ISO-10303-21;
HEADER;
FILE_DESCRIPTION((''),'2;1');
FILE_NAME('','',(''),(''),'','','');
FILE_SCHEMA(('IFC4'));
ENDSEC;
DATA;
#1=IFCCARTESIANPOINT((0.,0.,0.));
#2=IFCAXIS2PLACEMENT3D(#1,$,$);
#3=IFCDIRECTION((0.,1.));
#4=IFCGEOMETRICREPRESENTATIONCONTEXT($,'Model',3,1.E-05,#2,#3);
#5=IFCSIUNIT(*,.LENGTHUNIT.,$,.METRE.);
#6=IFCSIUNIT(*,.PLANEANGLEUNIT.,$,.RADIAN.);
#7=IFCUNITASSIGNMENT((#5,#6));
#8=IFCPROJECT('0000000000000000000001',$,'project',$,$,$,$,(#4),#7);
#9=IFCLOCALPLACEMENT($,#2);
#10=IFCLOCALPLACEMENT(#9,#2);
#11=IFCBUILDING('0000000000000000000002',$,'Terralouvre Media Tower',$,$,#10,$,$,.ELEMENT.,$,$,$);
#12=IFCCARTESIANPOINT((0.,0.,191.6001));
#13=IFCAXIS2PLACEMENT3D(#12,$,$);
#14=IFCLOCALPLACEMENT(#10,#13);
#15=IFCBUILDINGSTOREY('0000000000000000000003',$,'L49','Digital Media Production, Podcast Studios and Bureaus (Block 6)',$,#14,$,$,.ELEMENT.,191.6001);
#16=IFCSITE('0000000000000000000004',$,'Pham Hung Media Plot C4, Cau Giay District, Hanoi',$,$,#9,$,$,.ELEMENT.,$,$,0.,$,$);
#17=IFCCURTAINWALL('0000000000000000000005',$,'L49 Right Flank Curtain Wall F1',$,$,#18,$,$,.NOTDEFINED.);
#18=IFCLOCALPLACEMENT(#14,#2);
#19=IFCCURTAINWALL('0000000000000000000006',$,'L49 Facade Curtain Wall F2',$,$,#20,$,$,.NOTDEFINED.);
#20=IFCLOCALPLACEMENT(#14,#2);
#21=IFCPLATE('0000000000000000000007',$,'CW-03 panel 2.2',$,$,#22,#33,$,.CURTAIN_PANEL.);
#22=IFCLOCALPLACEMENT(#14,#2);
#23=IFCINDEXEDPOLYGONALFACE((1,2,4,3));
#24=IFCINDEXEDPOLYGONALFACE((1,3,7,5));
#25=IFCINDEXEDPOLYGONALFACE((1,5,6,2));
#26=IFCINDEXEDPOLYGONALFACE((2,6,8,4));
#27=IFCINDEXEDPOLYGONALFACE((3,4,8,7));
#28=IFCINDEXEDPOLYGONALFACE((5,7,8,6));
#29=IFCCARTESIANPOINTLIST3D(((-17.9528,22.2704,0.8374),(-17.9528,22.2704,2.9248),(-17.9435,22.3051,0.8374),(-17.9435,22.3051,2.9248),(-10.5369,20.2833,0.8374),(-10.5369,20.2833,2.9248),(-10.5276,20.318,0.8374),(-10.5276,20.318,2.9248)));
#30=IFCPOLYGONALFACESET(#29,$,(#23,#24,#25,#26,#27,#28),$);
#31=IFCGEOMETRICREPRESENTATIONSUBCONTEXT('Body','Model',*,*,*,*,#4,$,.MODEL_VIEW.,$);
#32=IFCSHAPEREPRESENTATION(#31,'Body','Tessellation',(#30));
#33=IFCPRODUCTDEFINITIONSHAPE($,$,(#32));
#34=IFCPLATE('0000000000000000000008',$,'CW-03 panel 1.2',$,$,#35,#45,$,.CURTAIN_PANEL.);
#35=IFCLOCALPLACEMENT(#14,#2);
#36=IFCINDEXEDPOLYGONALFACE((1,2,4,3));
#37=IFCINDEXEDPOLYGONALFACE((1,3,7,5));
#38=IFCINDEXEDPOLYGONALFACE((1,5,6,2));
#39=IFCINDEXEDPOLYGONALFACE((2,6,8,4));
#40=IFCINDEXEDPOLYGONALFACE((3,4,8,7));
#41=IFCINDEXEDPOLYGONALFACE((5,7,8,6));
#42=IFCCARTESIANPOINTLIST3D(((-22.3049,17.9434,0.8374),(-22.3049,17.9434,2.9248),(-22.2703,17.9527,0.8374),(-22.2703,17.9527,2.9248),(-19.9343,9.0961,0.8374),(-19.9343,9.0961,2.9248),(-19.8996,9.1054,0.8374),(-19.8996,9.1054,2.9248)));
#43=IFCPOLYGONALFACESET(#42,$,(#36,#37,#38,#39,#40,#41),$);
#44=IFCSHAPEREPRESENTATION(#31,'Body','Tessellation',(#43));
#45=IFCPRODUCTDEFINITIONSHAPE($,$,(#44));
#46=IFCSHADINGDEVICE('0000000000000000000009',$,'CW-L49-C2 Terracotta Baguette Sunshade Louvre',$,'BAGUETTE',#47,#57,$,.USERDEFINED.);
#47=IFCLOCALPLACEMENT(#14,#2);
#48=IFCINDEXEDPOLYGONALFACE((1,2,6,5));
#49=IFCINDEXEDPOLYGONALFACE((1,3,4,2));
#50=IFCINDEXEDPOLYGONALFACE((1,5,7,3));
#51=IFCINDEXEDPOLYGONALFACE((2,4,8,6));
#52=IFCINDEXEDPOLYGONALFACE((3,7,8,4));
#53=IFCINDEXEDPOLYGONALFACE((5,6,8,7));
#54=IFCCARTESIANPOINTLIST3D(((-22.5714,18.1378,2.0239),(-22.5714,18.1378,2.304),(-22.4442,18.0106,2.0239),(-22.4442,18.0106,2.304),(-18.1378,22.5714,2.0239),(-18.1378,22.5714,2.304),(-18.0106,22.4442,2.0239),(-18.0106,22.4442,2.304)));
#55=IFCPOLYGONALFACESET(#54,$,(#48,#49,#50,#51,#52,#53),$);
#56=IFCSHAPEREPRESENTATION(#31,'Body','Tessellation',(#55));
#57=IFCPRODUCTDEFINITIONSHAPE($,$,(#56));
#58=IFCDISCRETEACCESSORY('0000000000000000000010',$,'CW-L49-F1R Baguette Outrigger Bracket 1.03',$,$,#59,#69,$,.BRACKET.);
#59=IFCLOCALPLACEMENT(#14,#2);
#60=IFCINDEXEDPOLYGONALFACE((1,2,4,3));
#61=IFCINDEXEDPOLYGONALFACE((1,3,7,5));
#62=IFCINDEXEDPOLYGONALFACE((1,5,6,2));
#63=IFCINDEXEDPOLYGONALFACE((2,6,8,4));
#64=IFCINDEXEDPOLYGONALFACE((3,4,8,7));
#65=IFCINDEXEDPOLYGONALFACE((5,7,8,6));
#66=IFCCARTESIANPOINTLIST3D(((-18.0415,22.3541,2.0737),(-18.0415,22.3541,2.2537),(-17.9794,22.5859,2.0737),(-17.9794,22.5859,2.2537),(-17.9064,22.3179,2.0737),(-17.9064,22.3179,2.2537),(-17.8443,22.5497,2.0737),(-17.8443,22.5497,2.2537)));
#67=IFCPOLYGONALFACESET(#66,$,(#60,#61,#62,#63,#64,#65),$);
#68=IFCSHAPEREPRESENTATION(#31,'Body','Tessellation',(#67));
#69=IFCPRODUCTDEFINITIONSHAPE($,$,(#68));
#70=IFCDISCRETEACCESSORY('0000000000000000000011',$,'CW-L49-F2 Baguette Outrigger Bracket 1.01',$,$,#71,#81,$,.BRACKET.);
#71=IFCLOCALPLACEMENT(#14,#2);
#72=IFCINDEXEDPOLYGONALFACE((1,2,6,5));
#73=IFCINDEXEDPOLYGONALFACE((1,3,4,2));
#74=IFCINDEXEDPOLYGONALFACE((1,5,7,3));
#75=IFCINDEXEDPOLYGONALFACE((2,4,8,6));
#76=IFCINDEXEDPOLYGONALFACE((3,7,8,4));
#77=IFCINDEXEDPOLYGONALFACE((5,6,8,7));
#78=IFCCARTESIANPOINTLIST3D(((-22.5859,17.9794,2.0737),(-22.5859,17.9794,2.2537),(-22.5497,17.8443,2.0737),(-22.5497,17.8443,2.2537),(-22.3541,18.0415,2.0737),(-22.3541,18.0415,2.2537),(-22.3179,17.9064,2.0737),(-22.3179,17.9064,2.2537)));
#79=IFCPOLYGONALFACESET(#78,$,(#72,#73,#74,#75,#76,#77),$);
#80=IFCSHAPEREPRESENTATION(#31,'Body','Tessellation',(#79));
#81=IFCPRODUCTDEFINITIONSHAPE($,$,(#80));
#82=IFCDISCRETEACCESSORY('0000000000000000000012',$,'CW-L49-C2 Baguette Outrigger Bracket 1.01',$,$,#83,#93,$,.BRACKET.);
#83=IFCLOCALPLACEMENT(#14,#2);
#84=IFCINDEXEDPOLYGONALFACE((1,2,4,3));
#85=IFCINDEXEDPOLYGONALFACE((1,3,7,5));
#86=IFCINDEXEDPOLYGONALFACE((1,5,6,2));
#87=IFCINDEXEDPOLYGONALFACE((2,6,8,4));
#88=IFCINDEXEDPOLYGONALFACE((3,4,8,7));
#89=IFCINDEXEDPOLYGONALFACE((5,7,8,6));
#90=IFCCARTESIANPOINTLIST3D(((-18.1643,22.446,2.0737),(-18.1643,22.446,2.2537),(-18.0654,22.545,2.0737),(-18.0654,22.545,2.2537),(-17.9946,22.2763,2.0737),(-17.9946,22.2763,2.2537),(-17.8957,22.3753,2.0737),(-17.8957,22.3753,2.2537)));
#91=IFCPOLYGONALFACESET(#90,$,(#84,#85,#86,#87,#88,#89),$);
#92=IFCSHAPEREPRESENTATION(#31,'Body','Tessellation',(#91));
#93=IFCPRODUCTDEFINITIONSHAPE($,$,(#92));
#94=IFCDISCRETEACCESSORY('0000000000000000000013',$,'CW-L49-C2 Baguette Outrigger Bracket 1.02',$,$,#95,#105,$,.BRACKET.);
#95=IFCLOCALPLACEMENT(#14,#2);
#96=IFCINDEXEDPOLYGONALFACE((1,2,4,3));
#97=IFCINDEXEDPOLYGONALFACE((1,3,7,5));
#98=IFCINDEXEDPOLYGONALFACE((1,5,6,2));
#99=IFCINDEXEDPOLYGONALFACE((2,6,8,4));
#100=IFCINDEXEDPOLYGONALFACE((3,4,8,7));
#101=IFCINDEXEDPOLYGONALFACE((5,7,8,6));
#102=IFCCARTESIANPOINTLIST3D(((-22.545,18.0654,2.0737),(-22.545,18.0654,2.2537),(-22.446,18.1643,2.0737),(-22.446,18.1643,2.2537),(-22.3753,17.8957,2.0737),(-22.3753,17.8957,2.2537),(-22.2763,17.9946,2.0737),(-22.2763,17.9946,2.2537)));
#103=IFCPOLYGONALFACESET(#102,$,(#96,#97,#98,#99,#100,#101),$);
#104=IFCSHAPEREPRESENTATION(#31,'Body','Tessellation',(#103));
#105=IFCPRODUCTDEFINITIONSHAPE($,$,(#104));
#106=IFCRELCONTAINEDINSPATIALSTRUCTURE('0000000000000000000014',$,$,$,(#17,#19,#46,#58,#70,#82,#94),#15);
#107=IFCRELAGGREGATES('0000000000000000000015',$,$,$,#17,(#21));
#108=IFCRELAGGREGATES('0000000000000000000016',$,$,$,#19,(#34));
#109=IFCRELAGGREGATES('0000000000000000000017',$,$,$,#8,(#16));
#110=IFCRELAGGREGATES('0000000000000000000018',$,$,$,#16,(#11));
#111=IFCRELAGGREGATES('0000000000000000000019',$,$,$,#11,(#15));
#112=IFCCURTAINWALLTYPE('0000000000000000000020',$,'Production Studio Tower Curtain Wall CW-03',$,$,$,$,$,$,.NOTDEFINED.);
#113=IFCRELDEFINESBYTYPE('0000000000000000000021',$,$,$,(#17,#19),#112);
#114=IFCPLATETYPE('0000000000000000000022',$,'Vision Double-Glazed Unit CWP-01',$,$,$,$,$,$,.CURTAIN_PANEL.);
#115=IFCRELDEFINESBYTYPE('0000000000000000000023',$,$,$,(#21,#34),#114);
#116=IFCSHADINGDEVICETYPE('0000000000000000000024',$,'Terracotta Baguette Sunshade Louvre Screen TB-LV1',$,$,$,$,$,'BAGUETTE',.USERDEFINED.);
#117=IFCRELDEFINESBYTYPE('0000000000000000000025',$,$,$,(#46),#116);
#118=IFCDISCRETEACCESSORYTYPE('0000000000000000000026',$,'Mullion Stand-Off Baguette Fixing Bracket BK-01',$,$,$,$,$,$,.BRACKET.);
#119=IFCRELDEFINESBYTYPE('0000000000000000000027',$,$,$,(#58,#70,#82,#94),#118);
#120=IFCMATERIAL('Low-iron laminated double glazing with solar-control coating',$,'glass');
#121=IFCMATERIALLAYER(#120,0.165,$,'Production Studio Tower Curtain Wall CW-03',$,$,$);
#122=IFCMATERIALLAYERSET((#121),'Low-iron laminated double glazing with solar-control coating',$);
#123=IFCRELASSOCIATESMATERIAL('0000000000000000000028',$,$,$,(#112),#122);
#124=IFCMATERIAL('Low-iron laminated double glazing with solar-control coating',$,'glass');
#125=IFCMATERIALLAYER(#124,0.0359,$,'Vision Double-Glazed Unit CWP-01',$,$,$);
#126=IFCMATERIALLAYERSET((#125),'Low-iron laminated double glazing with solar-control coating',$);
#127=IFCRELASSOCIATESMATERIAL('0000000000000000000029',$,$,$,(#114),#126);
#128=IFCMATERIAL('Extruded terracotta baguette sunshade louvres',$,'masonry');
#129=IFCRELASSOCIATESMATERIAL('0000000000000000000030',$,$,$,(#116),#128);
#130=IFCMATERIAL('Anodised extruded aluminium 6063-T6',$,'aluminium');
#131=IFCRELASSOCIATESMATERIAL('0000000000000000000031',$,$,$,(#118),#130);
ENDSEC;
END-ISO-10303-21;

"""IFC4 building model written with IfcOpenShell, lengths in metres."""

from ifc_helpers import new_model, si_unit, direction, frame, origin, origin_2d, place, context, subcontext, project, spatial, rectangle, extrude, material, layer, layer_set, type_object, element, aggregate, save


model = new_model("IFC4")

# Units and contexts
model_context = context("Model", 3, precision=1e-05, world=origin(), true_north=direction((0.0, 1.0)))
body_context = subcontext(model_context, "Body", "Model", "MODEL_VIEW")
ifc_project = project(units=[si_unit("LENGTHUNIT", "METRE"), si_unit("PLANEANGLEUNIT", "RADIAN")], contexts=[model_context])

# Site, building, storey
site_placement = place(None, origin())
site = spatial("IfcSite", under=ifc_project, at=site_placement, Name="Pham Hung Media Plot C4, Cau Giay District, Hanoi", CompositionType="ELEMENT", RefElevation=0.0)
building_placement = place(site_placement, origin())
building = spatial("IfcBuilding", under=site, at=building_placement, Name="Terralouvre Media Tower", CompositionType="ELEMENT")
storey_placement = place(building_placement, frame((0.0, 0.0, 191.6001)))
storey = spatial("IfcBuildingStorey", under=building, at=storey_placement, Name="L49", Description="Digital Media Production, Podcast Studios and Bureaus (Block 6)", CompositionType="ELEMENT", Elevation=191.6001)

# Curtain wall
ifc_material_1 = material(Name="Low-iron laminated double glazing with solar-control coating", Category="glass")
ifc_layer_1 = layer(ifc_material_1, 0.165, Name="Production Studio Tower Curtain Wall CW-03")
ifc_layer_set_1 = layer_set([ifc_layer_1], Name="Low-iron laminated double glazing with solar-control coating")
curtain_wall_type_1 = type_object("IfcCurtainWallType", Name="Production Studio Tower Curtain Wall CW-03", PredefinedType="NOTDEFINED", material=ifc_layer_set_1)
curtain_wall_1_placement = place(storey_placement, origin())
curtain_wall_1 = element("IfcCurtainWall", 1, at=curtain_wall_1_placement, inside=storey, type_object=curtain_wall_type_1, Name="L49 Right Flank Curtain Wall F1", PredefinedType="NOTDEFINED")

# Curtain wall
curtain_wall_2_placement = place(storey_placement, origin())
curtain_wall_2 = element("IfcCurtainWall", 2, at=curtain_wall_2_placement, inside=storey, type_object=curtain_wall_type_1, Name="L49 Facade Curtain Wall F2", PredefinedType="NOTDEFINED")

# Plates
ifc_material_2 = material(Name="Low-iron laminated double glazing with solar-control coating", Category="glass")
ifc_layer_2 = layer(ifc_material_2, 0.0359, Name="Vision Double-Glazed Unit CWP-01")
ifc_layer_set_2 = layer_set([ifc_layer_2], Name="Low-iron laminated double glazing with solar-control coating")
plate_type_1 = type_object("IfcPlateType", Name="Vision Double-Glazed Unit CWP-01", PredefinedType="CURTAIN_PANEL", material=ifc_layer_set_2)
plate_1_placement = place(storey_placement, frame((-14.2402, 21.2942, 0.8374), z_axis=(0.0, 0.0, 1.0), x_axis=(-0.965926, 0.258819, 0.0)))
plate_1 = element("IfcPlate", 3, at=plate_1_placement, type_object=plate_type_1, Name="CW-03 panel 2.2", PredefinedType="CURTAIN_PANEL", context=body_context, shape_type="SweptSolid", body=[
    extrude(rectangle(XDim=7.6775, YDim=0.0359, at=origin_2d()), origin(), (0.0, 0.0, 1.0), 2.0874),
])
aggregate(curtain_wall_1, [plate_1])
plate_2_placement = place(storey_placement, frame((-21.1023, 13.5244, 0.8374), z_axis=(0.0, 0.0, 1.0), x_axis=(0.258819, -0.965926, 0.0)))
plate_2 = element("IfcPlate", 4, at=plate_2_placement, type_object=plate_type_1, Name="CW-03 panel 1.2", PredefinedType="CURTAIN_PANEL", context=body_context, shape_type="SweptSolid", body=[
    extrude(rectangle(XDim=9.1594, YDim=0.0359, at=origin_2d()), origin(), (0.0, 0.0, 1.0), 2.0874),
])
aggregate(curtain_wall_2, [plate_2])

# Shading device
ifc_material_3 = material(Name="Extruded terracotta baguette sunshade louvres", Category="masonry")
shading_device_type = type_object("IfcShadingDeviceType", Name="Terracotta Baguette Sunshade Louvre Screen TB-LV1", ElementType="BAGUETTE", PredefinedType="USERDEFINED", material=ifc_material_3)
shading_device_placement = place(storey_placement, frame((-20.291, 20.291, 2.0239), z_axis=(0.0, 0.0, 1.0), x_axis=(-0.707107, -0.707107, 0.0)))
element("IfcShadingDevice", 5, at=shading_device_placement, inside=storey, type_object=shading_device_type, Name="CW-L49-C2 Terracotta Baguette Sunshade Louvre", ObjectType="BAGUETTE", PredefinedType="USERDEFINED", context=body_context, shape_type="SweptSolid", body=[
    extrude(rectangle(XDim=6.27, YDim=0.1799, at=origin_2d()), origin(), (0.0, 0.0, 1.0), 0.28),
])

# Discrete accessories
ifc_material_4 = material(Name="Anodised extruded aluminium 6063-T6", Category="aluminium")
discrete_accessory_type = type_object("IfcDiscreteAccessoryType", Name="Mullion Stand-Off Baguette Fixing Bracket BK-01", PredefinedType="BRACKET", material=ifc_material_4)
for number, where, z_axis, x_axis, name in (
    (6, (-17.9429, 22.4519, 2.0737), (0.0, 0.0, 1.0), (-0.965926, 0.258819, 0.0), "CW-L49-F1R Baguette Outrigger Bracket 1.03"),
    (7, (-22.4519, 17.9429, 2.0737), (0.0, 0.0, 1.0), (0.258819, -0.965926, 0.0), "CW-L49-F2 Baguette Outrigger Bracket 1.01"),
    (8, (-18.03, 22.4106, 2.0737), (0.0, 0.0, 1.0), (-0.707107, -0.707107, 0.0), "CW-L49-C2 Baguette Outrigger Bracket 1.01"),
    (9, (-22.4106, 18.03, 2.0737), (0.0, 0.0, 1.0), (-0.707107, -0.707107, 0.0), "CW-L49-C2 Baguette Outrigger Bracket 1.02"),
):
    element("IfcDiscreteAccessory", number, at=place(storey_placement, frame(where, z_axis=z_axis, x_axis=x_axis)), inside=storey, type_object=discrete_accessory_type, Name=name, PredefinedType="BRACKET", context=body_context, shape_type="SweptSolid", body=[
        extrude(rectangle(XDim=0.1399, YDim=0.24, at=origin_2d()), origin(), (0.0, 0.0, 1.0), 0.1799),
    ])

save(model, "model.ifc")
